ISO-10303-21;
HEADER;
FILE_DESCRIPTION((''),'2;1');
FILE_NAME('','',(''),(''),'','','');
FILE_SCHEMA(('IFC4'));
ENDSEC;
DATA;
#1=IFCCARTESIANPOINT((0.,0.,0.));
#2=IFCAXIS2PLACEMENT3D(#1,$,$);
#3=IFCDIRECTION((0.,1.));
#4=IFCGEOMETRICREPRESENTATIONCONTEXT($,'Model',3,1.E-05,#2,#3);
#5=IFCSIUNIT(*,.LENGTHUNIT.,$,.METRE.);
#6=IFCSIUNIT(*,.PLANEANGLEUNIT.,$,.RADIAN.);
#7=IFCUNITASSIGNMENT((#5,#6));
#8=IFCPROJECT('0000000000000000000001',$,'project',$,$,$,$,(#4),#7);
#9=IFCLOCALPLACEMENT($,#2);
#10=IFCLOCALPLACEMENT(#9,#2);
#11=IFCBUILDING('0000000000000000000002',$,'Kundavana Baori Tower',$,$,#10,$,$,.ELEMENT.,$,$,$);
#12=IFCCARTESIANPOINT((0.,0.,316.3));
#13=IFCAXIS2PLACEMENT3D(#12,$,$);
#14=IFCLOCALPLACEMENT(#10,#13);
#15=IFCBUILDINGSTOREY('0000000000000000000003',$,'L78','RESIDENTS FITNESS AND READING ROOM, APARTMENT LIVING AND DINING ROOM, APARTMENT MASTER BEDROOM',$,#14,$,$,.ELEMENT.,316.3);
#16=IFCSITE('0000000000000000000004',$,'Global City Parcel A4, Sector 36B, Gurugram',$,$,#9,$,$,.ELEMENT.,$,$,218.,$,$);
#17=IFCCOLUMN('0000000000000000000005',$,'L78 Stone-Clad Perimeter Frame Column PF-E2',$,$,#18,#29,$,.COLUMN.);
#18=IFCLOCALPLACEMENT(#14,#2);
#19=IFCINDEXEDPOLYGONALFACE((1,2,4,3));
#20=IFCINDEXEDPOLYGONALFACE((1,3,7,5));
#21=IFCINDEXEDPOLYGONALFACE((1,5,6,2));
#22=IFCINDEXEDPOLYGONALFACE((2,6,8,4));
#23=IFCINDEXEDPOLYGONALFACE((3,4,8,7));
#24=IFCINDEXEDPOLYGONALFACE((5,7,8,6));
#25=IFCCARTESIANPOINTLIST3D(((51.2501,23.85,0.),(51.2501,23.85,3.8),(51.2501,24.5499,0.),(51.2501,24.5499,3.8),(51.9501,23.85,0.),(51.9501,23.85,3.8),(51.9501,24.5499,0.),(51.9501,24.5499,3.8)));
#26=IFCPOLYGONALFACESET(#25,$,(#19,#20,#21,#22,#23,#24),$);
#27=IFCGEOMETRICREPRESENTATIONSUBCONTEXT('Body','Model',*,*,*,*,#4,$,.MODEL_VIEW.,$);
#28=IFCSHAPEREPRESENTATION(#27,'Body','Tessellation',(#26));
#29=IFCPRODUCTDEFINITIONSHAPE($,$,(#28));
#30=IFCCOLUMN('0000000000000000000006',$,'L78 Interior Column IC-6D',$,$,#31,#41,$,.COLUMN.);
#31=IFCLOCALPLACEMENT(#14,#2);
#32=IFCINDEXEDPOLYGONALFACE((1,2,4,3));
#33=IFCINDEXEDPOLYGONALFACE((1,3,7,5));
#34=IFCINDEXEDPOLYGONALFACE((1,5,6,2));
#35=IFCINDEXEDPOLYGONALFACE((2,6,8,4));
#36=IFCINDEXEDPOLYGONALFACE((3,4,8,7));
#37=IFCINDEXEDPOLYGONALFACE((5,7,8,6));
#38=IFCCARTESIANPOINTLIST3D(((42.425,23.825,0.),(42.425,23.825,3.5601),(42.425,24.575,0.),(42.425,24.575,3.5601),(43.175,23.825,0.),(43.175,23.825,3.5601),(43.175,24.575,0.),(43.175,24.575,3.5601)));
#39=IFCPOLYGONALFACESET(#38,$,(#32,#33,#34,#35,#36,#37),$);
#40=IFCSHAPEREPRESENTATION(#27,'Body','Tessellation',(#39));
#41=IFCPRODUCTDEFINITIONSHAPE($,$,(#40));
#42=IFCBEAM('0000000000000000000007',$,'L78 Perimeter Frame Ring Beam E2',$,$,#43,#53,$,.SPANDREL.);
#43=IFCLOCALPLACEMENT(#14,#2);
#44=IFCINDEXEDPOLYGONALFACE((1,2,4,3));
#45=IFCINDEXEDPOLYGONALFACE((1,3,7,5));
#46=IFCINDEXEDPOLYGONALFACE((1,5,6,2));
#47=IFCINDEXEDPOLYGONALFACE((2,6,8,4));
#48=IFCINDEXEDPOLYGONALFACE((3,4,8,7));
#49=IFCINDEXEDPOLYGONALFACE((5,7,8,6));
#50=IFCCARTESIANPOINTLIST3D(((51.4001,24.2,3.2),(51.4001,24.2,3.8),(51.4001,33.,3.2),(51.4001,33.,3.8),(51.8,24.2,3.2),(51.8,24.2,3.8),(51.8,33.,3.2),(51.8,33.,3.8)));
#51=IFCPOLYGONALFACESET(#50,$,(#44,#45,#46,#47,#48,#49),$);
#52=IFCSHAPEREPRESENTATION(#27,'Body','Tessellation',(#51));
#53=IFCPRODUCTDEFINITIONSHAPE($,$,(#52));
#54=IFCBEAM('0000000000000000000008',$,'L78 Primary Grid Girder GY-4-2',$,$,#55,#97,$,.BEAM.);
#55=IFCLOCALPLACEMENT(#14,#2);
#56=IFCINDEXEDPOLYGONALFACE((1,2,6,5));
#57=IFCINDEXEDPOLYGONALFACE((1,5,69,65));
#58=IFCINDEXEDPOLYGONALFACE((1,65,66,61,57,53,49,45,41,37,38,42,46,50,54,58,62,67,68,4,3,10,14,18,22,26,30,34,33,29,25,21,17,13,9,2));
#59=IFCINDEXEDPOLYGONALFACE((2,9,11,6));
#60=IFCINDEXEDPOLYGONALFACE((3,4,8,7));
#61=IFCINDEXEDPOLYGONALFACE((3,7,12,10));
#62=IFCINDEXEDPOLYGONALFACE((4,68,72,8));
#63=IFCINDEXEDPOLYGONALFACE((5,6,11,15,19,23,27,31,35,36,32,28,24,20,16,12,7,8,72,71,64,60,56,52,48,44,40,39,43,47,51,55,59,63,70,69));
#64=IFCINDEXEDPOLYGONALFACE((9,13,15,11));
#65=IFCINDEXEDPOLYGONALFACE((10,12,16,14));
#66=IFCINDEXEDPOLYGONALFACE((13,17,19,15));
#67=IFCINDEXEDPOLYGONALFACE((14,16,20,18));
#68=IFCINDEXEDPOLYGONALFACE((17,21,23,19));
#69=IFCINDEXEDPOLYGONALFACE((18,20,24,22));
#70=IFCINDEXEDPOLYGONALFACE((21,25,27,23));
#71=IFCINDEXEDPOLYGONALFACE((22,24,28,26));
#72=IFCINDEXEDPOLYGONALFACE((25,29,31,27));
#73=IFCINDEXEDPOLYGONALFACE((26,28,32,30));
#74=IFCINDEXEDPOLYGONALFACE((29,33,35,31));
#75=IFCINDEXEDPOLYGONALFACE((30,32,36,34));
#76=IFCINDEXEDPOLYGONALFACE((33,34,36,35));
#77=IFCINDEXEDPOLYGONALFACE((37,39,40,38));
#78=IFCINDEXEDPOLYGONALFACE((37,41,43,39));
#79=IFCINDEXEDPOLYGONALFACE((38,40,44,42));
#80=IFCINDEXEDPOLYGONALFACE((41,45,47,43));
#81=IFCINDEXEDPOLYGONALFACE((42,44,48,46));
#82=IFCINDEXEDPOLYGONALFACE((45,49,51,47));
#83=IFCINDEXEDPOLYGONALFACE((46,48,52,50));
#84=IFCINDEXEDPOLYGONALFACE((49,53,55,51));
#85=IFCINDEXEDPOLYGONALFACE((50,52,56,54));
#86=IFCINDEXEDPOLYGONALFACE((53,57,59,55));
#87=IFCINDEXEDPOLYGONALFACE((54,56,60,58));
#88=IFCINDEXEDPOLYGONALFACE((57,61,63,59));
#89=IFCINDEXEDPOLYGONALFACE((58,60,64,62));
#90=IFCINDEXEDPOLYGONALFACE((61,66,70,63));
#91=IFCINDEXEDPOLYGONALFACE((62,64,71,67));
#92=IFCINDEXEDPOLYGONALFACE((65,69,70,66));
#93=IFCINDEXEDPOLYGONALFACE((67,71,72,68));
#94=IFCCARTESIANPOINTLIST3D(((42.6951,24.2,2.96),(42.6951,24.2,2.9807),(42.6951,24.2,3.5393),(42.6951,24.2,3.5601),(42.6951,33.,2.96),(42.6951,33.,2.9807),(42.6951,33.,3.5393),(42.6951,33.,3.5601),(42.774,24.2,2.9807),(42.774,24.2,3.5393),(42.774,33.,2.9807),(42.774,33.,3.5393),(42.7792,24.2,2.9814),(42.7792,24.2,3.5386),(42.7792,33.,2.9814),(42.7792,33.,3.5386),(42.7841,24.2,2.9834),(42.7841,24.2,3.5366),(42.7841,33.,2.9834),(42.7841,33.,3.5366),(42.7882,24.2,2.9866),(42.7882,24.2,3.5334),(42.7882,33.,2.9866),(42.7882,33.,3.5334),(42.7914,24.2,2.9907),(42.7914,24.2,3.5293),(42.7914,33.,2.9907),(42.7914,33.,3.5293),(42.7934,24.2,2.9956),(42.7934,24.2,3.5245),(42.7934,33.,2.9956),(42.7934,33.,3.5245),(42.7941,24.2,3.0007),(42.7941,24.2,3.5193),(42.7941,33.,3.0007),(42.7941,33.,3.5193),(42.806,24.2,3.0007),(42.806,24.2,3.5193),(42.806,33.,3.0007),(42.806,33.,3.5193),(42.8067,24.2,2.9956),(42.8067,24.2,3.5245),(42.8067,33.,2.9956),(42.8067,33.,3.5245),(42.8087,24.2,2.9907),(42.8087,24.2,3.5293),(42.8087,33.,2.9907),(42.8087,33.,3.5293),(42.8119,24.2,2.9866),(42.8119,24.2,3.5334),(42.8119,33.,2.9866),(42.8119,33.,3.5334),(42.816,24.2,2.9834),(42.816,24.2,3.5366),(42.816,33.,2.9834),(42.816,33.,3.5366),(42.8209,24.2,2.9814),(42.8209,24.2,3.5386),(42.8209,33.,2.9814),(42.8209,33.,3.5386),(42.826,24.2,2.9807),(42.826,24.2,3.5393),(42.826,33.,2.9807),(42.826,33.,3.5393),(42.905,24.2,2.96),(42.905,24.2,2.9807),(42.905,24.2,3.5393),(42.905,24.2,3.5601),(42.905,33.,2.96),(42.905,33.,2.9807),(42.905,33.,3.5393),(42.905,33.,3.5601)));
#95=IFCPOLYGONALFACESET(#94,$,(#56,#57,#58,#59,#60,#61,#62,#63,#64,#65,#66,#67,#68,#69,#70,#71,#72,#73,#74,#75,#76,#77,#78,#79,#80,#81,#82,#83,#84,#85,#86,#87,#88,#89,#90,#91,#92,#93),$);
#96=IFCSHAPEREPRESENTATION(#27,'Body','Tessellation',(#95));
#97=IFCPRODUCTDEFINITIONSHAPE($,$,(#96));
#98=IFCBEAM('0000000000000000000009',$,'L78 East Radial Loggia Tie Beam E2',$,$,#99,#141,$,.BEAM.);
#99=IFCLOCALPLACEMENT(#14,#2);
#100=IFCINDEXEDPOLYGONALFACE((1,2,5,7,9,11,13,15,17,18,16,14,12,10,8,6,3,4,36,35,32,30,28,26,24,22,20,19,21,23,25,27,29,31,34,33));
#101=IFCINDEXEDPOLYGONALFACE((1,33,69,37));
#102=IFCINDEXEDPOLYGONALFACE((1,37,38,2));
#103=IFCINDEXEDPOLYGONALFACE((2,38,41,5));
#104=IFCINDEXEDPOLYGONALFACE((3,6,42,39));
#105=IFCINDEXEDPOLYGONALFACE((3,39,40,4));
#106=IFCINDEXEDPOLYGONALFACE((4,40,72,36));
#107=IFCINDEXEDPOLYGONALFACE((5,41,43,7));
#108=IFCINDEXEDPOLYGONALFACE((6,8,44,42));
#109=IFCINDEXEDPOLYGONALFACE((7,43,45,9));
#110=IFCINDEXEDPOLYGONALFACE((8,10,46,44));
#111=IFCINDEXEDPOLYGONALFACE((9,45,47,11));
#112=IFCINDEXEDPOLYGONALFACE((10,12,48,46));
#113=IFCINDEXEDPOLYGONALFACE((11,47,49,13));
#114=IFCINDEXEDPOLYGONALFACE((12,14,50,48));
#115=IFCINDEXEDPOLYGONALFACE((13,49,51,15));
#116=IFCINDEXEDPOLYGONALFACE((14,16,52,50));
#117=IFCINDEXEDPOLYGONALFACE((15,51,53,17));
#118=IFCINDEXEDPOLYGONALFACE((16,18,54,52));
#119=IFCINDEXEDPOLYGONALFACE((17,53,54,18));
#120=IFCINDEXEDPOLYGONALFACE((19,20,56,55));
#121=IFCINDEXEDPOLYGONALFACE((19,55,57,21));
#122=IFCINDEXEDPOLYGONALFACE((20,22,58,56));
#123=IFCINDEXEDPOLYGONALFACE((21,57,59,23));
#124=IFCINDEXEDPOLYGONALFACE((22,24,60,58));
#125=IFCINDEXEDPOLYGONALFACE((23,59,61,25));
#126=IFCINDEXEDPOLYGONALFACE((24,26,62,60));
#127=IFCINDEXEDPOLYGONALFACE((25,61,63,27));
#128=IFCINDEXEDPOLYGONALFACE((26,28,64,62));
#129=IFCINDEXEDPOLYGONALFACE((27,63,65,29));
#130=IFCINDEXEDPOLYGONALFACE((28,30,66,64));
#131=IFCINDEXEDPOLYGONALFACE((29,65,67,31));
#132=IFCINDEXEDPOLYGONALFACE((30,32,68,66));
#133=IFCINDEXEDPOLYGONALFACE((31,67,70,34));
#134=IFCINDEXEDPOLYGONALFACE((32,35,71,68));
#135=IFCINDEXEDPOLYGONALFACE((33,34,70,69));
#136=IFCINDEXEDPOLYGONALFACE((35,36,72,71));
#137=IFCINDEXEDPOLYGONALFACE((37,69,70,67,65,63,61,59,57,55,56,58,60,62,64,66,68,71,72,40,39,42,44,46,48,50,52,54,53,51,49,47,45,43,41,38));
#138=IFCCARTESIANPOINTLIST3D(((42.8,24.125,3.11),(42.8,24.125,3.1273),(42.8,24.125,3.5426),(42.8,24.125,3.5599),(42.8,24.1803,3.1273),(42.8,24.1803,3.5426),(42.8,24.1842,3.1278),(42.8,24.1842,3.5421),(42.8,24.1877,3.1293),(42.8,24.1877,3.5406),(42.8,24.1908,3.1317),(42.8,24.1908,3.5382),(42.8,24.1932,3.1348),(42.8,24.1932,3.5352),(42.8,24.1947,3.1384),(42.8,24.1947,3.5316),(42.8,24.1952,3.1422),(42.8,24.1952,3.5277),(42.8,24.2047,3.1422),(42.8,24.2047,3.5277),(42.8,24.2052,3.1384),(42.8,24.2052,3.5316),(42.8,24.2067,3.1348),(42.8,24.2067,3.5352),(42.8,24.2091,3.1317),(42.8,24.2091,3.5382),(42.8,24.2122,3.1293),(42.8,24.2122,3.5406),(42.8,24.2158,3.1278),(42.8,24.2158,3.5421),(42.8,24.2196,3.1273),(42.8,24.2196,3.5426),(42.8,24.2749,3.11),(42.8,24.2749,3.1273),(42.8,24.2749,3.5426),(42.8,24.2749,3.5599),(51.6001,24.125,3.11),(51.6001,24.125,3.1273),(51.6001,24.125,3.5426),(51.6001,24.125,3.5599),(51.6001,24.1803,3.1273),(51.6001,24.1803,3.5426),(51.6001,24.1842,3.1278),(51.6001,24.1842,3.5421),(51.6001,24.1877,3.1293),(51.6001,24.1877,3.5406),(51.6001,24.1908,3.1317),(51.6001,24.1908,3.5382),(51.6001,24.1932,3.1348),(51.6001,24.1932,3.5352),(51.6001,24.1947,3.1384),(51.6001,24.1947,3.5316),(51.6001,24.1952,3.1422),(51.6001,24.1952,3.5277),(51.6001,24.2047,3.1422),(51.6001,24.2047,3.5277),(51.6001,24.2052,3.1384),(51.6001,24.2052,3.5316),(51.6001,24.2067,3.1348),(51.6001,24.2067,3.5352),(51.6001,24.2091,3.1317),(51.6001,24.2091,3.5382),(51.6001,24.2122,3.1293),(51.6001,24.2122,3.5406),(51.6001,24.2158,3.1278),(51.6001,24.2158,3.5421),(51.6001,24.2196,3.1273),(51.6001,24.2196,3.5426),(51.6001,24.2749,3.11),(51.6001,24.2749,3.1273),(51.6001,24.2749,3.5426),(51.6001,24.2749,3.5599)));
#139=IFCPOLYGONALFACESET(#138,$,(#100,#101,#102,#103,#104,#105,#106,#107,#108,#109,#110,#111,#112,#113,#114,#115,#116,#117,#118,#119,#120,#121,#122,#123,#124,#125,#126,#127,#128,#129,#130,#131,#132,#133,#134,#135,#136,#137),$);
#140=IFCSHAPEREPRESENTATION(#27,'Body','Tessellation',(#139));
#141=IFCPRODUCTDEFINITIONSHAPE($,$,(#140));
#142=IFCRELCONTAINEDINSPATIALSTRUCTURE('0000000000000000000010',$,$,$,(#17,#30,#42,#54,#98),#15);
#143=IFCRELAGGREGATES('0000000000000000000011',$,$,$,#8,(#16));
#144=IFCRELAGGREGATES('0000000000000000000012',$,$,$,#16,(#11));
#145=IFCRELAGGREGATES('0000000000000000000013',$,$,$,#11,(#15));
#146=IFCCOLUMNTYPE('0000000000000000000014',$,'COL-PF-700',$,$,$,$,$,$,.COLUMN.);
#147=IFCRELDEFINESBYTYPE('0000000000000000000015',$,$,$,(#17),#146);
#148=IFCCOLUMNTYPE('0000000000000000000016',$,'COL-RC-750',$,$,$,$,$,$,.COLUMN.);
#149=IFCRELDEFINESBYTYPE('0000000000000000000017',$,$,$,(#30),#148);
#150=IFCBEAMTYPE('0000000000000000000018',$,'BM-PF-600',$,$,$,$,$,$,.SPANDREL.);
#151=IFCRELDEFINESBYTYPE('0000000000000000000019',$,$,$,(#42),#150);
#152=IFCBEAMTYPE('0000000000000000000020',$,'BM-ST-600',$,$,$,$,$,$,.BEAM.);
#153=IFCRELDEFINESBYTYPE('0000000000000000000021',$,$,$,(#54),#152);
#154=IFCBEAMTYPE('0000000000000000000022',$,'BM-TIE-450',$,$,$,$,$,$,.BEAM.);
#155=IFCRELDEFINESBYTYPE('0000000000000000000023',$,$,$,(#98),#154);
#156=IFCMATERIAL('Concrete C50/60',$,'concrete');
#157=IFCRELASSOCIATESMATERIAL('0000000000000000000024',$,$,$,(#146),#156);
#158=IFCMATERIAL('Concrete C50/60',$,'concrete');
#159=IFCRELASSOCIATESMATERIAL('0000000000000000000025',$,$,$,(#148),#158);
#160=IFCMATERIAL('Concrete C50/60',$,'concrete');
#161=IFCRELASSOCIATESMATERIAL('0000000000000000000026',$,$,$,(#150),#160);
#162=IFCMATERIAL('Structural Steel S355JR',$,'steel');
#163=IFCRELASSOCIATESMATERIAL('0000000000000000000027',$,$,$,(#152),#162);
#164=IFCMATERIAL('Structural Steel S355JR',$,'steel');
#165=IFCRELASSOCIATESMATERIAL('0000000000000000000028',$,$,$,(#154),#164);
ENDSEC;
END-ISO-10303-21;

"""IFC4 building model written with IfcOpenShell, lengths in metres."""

from ifc_helpers import new_model, si_unit, direction, frame, origin, origin_2d, place, context, subcontext, project, spatial, rectangle, i_section, extrude, material, material_profile, profile_set, type_object, element, save


model = new_model("IFC4")

# Units and contexts
model_context = context("Model", 3, precision=1e-05, world=origin(), true_north=direction((0.0, 1.0)))
body_context = subcontext(model_context, "Body", "Model", "MODEL_VIEW")
ifc_project = project(units=[si_unit("LENGTHUNIT", "METRE"), si_unit("PLANEANGLEUNIT", "RADIAN")], contexts=[model_context])

# Site, building, storey
site_placement = place(None, origin())
site = spatial("IfcSite", under=ifc_project, at=site_placement, Name="Global City Parcel A4, Sector 36B, Gurugram", CompositionType="ELEMENT", RefElevation=218.0)
building_placement = place(site_placement, origin())
building = spatial("IfcBuilding", under=site, at=building_placement, Name="Kundavana Baori Tower", CompositionType="ELEMENT")
storey_placement = place(building_placement, frame((0.0, 0.0, 316.3)))
storey = spatial("IfcBuildingStorey", under=building, at=storey_placement, Name="L78", Description="RESIDENTS FITNESS AND READING ROOM, APARTMENT LIVING AND DINING ROOM, APARTMENT MASTER BEDROOM", CompositionType="ELEMENT", Elevation=316.3)

# Columns
ifc_material_1 = material(Name="Concrete C50/60", Category="concrete")
ifc_material_profile_1 = material_profile(ifc_material_1, rectangle(XDim=0.7, YDim=0.7, at=origin_2d()), Name="RC PF 700x700")
ifc_profile_set_1 = profile_set([ifc_material_profile_1], Name="Concrete C50/60")
column_type_1 = type_object("IfcColumnType", Name="COL-PF-700", PredefinedType="COLUMN", material=ifc_profile_set_1)
column_1_placement = place(storey_placement, frame((51.6001, 24.2, 0.0), z_axis=(0.0, 0.0, 1.0), x_axis=(1.0, 0.0, 0.0)))
element("IfcColumn", 1, at=column_1_placement, inside=storey, type_object=column_type_1, Name="L78 Stone-Clad Perimeter Frame Column PF-E2", PredefinedType="COLUMN", context=body_context, shape_type="SweptSolid", body=[
    extrude(rectangle(XDim=0.7, YDim=0.7, at=origin_2d()), origin(), (0.0, 0.0, 1.0), 3.8),
])
ifc_material_2 = material(Name="Concrete C50/60", Category="concrete")
ifc_material_profile_2 = material_profile(ifc_material_2, rectangle(XDim=0.75, YDim=0.75, at=origin_2d()), Name="RC 750x750")
ifc_profile_set_2 = profile_set([ifc_material_profile_2], Name="Concrete C50/60")
column_type_2 = type_object("IfcColumnType", Name="COL-RC-750", PredefinedType="COLUMN", material=ifc_profile_set_2)
column_2_placement = place(storey_placement, frame((42.8, 24.2, 0.0), z_axis=(0.0, 0.0, 1.0), x_axis=(1.0, 0.0, 0.0)))
element("IfcColumn", 2, at=column_2_placement, inside=storey, type_object=column_type_2, Name="L78 Interior Column IC-6D", PredefinedType="COLUMN", context=body_context, shape_type="SweptSolid", body=[
    extrude(rectangle(XDim=0.75, YDim=0.75, at=origin_2d()), origin(), (0.0, 0.0, 1.0), 3.5601),
])

# Beams
ifc_material_3 = material(Name="Concrete C50/60", Category="concrete")
ifc_material_profile_3 = material_profile(ifc_material_3, rectangle(XDim=0.3999, YDim=0.6001, at=origin_2d()), Name="RC BM 400x600")
ifc_profile_set_3 = profile_set([ifc_material_profile_3], Name="Concrete C50/60")
beam_type_1 = type_object("IfcBeamType", Name="BM-PF-600", PredefinedType="SPANDREL", material=ifc_profile_set_3)
beam_1_placement = place(storey_placement, frame((51.6001, 24.2, 3.5), z_axis=(0.0, 1.0, 0.0), x_axis=(-1.0, 0.0, 0.0)))
element("IfcBeam", 3, at=beam_1_placement, inside=storey, type_object=beam_type_1, Name="L78 Perimeter Frame Ring Beam E2", PredefinedType="SPANDREL", context=body_context, shape_type="SweptSolid", body=[
    extrude(rectangle(XDim=0.3999, YDim=0.6001, at=origin_2d()), origin(), (0.0, 0.0, 1.0), 8.8),
])
ifc_material_4 = material(Name="Structural Steel S355JR", Category="steel")
ifc_material_profile_4 = material_profile(ifc_material_4, i_section(OverallWidth=0.21, OverallDepth=0.6001, WebThickness=0.012, FlangeThickness=0.0208, FilletRadius=0.02, at=origin_2d()), Name="ISMB 600")
ifc_profile_set_4 = profile_set([ifc_material_profile_4], Name="Structural Steel S355JR")
beam_type_2 = type_object("IfcBeamType", Name="BM-ST-600", PredefinedType="BEAM", material=ifc_profile_set_4)
beam_2_placement = place(storey_placement, frame((42.8, 24.2, 3.26), z_axis=(0.0, 1.0, 0.0), x_axis=(-1.0, 0.0, 0.0)))
element("IfcBeam", 4, at=beam_2_placement, inside=storey, type_object=beam_type_2, Name="L78 Primary Grid Girder GY-4-2", PredefinedType="BEAM", context=body_context, shape_type="SweptSolid", body=[
    extrude(i_section(OverallWidth=0.21, OverallDepth=0.6001, WebThickness=0.012, FlangeThickness=0.0208, FilletRadius=0.02, at=origin_2d()), origin(), (0.0, 0.0, 1.0), 8.8),
])
ifc_material_5 = material(Name="Structural Steel S355JR", Category="steel")
ifc_material_profile_5 = material_profile(ifc_material_5, i_section(OverallWidth=0.1499, OverallDepth=0.45, WebThickness=0.0095, FlangeThickness=0.0173, FilletRadius=0.0149, at=origin_2d()), Name="ISMB 450")
ifc_profile_set_5 = profile_set([ifc_material_profile_5], Name="Structural Steel S355JR")
beam_type_3 = type_object("IfcBeamType", Name="BM-TIE-450", PredefinedType="BEAM", material=ifc_profile_set_5)
beam_3_placement = place(storey_placement, frame((42.8, 24.2, 3.335), z_axis=(1.0, 0.0, 0.0), x_axis=(0.0, 1.0, 0.0)))
element("IfcBeam", 5, at=beam_3_placement, inside=storey, type_object=beam_type_3, Name="L78 East Radial Loggia Tie Beam E2", PredefinedType="BEAM", context=body_context, shape_type="SweptSolid", body=[
    extrude(i_section(OverallWidth=0.1499, OverallDepth=0.45, WebThickness=0.0095, FlangeThickness=0.0173, FilletRadius=0.0149, at=origin_2d()), origin(), (0.0, 0.0, 1.0), 8.8),
])

save(model, "model.ifc")
